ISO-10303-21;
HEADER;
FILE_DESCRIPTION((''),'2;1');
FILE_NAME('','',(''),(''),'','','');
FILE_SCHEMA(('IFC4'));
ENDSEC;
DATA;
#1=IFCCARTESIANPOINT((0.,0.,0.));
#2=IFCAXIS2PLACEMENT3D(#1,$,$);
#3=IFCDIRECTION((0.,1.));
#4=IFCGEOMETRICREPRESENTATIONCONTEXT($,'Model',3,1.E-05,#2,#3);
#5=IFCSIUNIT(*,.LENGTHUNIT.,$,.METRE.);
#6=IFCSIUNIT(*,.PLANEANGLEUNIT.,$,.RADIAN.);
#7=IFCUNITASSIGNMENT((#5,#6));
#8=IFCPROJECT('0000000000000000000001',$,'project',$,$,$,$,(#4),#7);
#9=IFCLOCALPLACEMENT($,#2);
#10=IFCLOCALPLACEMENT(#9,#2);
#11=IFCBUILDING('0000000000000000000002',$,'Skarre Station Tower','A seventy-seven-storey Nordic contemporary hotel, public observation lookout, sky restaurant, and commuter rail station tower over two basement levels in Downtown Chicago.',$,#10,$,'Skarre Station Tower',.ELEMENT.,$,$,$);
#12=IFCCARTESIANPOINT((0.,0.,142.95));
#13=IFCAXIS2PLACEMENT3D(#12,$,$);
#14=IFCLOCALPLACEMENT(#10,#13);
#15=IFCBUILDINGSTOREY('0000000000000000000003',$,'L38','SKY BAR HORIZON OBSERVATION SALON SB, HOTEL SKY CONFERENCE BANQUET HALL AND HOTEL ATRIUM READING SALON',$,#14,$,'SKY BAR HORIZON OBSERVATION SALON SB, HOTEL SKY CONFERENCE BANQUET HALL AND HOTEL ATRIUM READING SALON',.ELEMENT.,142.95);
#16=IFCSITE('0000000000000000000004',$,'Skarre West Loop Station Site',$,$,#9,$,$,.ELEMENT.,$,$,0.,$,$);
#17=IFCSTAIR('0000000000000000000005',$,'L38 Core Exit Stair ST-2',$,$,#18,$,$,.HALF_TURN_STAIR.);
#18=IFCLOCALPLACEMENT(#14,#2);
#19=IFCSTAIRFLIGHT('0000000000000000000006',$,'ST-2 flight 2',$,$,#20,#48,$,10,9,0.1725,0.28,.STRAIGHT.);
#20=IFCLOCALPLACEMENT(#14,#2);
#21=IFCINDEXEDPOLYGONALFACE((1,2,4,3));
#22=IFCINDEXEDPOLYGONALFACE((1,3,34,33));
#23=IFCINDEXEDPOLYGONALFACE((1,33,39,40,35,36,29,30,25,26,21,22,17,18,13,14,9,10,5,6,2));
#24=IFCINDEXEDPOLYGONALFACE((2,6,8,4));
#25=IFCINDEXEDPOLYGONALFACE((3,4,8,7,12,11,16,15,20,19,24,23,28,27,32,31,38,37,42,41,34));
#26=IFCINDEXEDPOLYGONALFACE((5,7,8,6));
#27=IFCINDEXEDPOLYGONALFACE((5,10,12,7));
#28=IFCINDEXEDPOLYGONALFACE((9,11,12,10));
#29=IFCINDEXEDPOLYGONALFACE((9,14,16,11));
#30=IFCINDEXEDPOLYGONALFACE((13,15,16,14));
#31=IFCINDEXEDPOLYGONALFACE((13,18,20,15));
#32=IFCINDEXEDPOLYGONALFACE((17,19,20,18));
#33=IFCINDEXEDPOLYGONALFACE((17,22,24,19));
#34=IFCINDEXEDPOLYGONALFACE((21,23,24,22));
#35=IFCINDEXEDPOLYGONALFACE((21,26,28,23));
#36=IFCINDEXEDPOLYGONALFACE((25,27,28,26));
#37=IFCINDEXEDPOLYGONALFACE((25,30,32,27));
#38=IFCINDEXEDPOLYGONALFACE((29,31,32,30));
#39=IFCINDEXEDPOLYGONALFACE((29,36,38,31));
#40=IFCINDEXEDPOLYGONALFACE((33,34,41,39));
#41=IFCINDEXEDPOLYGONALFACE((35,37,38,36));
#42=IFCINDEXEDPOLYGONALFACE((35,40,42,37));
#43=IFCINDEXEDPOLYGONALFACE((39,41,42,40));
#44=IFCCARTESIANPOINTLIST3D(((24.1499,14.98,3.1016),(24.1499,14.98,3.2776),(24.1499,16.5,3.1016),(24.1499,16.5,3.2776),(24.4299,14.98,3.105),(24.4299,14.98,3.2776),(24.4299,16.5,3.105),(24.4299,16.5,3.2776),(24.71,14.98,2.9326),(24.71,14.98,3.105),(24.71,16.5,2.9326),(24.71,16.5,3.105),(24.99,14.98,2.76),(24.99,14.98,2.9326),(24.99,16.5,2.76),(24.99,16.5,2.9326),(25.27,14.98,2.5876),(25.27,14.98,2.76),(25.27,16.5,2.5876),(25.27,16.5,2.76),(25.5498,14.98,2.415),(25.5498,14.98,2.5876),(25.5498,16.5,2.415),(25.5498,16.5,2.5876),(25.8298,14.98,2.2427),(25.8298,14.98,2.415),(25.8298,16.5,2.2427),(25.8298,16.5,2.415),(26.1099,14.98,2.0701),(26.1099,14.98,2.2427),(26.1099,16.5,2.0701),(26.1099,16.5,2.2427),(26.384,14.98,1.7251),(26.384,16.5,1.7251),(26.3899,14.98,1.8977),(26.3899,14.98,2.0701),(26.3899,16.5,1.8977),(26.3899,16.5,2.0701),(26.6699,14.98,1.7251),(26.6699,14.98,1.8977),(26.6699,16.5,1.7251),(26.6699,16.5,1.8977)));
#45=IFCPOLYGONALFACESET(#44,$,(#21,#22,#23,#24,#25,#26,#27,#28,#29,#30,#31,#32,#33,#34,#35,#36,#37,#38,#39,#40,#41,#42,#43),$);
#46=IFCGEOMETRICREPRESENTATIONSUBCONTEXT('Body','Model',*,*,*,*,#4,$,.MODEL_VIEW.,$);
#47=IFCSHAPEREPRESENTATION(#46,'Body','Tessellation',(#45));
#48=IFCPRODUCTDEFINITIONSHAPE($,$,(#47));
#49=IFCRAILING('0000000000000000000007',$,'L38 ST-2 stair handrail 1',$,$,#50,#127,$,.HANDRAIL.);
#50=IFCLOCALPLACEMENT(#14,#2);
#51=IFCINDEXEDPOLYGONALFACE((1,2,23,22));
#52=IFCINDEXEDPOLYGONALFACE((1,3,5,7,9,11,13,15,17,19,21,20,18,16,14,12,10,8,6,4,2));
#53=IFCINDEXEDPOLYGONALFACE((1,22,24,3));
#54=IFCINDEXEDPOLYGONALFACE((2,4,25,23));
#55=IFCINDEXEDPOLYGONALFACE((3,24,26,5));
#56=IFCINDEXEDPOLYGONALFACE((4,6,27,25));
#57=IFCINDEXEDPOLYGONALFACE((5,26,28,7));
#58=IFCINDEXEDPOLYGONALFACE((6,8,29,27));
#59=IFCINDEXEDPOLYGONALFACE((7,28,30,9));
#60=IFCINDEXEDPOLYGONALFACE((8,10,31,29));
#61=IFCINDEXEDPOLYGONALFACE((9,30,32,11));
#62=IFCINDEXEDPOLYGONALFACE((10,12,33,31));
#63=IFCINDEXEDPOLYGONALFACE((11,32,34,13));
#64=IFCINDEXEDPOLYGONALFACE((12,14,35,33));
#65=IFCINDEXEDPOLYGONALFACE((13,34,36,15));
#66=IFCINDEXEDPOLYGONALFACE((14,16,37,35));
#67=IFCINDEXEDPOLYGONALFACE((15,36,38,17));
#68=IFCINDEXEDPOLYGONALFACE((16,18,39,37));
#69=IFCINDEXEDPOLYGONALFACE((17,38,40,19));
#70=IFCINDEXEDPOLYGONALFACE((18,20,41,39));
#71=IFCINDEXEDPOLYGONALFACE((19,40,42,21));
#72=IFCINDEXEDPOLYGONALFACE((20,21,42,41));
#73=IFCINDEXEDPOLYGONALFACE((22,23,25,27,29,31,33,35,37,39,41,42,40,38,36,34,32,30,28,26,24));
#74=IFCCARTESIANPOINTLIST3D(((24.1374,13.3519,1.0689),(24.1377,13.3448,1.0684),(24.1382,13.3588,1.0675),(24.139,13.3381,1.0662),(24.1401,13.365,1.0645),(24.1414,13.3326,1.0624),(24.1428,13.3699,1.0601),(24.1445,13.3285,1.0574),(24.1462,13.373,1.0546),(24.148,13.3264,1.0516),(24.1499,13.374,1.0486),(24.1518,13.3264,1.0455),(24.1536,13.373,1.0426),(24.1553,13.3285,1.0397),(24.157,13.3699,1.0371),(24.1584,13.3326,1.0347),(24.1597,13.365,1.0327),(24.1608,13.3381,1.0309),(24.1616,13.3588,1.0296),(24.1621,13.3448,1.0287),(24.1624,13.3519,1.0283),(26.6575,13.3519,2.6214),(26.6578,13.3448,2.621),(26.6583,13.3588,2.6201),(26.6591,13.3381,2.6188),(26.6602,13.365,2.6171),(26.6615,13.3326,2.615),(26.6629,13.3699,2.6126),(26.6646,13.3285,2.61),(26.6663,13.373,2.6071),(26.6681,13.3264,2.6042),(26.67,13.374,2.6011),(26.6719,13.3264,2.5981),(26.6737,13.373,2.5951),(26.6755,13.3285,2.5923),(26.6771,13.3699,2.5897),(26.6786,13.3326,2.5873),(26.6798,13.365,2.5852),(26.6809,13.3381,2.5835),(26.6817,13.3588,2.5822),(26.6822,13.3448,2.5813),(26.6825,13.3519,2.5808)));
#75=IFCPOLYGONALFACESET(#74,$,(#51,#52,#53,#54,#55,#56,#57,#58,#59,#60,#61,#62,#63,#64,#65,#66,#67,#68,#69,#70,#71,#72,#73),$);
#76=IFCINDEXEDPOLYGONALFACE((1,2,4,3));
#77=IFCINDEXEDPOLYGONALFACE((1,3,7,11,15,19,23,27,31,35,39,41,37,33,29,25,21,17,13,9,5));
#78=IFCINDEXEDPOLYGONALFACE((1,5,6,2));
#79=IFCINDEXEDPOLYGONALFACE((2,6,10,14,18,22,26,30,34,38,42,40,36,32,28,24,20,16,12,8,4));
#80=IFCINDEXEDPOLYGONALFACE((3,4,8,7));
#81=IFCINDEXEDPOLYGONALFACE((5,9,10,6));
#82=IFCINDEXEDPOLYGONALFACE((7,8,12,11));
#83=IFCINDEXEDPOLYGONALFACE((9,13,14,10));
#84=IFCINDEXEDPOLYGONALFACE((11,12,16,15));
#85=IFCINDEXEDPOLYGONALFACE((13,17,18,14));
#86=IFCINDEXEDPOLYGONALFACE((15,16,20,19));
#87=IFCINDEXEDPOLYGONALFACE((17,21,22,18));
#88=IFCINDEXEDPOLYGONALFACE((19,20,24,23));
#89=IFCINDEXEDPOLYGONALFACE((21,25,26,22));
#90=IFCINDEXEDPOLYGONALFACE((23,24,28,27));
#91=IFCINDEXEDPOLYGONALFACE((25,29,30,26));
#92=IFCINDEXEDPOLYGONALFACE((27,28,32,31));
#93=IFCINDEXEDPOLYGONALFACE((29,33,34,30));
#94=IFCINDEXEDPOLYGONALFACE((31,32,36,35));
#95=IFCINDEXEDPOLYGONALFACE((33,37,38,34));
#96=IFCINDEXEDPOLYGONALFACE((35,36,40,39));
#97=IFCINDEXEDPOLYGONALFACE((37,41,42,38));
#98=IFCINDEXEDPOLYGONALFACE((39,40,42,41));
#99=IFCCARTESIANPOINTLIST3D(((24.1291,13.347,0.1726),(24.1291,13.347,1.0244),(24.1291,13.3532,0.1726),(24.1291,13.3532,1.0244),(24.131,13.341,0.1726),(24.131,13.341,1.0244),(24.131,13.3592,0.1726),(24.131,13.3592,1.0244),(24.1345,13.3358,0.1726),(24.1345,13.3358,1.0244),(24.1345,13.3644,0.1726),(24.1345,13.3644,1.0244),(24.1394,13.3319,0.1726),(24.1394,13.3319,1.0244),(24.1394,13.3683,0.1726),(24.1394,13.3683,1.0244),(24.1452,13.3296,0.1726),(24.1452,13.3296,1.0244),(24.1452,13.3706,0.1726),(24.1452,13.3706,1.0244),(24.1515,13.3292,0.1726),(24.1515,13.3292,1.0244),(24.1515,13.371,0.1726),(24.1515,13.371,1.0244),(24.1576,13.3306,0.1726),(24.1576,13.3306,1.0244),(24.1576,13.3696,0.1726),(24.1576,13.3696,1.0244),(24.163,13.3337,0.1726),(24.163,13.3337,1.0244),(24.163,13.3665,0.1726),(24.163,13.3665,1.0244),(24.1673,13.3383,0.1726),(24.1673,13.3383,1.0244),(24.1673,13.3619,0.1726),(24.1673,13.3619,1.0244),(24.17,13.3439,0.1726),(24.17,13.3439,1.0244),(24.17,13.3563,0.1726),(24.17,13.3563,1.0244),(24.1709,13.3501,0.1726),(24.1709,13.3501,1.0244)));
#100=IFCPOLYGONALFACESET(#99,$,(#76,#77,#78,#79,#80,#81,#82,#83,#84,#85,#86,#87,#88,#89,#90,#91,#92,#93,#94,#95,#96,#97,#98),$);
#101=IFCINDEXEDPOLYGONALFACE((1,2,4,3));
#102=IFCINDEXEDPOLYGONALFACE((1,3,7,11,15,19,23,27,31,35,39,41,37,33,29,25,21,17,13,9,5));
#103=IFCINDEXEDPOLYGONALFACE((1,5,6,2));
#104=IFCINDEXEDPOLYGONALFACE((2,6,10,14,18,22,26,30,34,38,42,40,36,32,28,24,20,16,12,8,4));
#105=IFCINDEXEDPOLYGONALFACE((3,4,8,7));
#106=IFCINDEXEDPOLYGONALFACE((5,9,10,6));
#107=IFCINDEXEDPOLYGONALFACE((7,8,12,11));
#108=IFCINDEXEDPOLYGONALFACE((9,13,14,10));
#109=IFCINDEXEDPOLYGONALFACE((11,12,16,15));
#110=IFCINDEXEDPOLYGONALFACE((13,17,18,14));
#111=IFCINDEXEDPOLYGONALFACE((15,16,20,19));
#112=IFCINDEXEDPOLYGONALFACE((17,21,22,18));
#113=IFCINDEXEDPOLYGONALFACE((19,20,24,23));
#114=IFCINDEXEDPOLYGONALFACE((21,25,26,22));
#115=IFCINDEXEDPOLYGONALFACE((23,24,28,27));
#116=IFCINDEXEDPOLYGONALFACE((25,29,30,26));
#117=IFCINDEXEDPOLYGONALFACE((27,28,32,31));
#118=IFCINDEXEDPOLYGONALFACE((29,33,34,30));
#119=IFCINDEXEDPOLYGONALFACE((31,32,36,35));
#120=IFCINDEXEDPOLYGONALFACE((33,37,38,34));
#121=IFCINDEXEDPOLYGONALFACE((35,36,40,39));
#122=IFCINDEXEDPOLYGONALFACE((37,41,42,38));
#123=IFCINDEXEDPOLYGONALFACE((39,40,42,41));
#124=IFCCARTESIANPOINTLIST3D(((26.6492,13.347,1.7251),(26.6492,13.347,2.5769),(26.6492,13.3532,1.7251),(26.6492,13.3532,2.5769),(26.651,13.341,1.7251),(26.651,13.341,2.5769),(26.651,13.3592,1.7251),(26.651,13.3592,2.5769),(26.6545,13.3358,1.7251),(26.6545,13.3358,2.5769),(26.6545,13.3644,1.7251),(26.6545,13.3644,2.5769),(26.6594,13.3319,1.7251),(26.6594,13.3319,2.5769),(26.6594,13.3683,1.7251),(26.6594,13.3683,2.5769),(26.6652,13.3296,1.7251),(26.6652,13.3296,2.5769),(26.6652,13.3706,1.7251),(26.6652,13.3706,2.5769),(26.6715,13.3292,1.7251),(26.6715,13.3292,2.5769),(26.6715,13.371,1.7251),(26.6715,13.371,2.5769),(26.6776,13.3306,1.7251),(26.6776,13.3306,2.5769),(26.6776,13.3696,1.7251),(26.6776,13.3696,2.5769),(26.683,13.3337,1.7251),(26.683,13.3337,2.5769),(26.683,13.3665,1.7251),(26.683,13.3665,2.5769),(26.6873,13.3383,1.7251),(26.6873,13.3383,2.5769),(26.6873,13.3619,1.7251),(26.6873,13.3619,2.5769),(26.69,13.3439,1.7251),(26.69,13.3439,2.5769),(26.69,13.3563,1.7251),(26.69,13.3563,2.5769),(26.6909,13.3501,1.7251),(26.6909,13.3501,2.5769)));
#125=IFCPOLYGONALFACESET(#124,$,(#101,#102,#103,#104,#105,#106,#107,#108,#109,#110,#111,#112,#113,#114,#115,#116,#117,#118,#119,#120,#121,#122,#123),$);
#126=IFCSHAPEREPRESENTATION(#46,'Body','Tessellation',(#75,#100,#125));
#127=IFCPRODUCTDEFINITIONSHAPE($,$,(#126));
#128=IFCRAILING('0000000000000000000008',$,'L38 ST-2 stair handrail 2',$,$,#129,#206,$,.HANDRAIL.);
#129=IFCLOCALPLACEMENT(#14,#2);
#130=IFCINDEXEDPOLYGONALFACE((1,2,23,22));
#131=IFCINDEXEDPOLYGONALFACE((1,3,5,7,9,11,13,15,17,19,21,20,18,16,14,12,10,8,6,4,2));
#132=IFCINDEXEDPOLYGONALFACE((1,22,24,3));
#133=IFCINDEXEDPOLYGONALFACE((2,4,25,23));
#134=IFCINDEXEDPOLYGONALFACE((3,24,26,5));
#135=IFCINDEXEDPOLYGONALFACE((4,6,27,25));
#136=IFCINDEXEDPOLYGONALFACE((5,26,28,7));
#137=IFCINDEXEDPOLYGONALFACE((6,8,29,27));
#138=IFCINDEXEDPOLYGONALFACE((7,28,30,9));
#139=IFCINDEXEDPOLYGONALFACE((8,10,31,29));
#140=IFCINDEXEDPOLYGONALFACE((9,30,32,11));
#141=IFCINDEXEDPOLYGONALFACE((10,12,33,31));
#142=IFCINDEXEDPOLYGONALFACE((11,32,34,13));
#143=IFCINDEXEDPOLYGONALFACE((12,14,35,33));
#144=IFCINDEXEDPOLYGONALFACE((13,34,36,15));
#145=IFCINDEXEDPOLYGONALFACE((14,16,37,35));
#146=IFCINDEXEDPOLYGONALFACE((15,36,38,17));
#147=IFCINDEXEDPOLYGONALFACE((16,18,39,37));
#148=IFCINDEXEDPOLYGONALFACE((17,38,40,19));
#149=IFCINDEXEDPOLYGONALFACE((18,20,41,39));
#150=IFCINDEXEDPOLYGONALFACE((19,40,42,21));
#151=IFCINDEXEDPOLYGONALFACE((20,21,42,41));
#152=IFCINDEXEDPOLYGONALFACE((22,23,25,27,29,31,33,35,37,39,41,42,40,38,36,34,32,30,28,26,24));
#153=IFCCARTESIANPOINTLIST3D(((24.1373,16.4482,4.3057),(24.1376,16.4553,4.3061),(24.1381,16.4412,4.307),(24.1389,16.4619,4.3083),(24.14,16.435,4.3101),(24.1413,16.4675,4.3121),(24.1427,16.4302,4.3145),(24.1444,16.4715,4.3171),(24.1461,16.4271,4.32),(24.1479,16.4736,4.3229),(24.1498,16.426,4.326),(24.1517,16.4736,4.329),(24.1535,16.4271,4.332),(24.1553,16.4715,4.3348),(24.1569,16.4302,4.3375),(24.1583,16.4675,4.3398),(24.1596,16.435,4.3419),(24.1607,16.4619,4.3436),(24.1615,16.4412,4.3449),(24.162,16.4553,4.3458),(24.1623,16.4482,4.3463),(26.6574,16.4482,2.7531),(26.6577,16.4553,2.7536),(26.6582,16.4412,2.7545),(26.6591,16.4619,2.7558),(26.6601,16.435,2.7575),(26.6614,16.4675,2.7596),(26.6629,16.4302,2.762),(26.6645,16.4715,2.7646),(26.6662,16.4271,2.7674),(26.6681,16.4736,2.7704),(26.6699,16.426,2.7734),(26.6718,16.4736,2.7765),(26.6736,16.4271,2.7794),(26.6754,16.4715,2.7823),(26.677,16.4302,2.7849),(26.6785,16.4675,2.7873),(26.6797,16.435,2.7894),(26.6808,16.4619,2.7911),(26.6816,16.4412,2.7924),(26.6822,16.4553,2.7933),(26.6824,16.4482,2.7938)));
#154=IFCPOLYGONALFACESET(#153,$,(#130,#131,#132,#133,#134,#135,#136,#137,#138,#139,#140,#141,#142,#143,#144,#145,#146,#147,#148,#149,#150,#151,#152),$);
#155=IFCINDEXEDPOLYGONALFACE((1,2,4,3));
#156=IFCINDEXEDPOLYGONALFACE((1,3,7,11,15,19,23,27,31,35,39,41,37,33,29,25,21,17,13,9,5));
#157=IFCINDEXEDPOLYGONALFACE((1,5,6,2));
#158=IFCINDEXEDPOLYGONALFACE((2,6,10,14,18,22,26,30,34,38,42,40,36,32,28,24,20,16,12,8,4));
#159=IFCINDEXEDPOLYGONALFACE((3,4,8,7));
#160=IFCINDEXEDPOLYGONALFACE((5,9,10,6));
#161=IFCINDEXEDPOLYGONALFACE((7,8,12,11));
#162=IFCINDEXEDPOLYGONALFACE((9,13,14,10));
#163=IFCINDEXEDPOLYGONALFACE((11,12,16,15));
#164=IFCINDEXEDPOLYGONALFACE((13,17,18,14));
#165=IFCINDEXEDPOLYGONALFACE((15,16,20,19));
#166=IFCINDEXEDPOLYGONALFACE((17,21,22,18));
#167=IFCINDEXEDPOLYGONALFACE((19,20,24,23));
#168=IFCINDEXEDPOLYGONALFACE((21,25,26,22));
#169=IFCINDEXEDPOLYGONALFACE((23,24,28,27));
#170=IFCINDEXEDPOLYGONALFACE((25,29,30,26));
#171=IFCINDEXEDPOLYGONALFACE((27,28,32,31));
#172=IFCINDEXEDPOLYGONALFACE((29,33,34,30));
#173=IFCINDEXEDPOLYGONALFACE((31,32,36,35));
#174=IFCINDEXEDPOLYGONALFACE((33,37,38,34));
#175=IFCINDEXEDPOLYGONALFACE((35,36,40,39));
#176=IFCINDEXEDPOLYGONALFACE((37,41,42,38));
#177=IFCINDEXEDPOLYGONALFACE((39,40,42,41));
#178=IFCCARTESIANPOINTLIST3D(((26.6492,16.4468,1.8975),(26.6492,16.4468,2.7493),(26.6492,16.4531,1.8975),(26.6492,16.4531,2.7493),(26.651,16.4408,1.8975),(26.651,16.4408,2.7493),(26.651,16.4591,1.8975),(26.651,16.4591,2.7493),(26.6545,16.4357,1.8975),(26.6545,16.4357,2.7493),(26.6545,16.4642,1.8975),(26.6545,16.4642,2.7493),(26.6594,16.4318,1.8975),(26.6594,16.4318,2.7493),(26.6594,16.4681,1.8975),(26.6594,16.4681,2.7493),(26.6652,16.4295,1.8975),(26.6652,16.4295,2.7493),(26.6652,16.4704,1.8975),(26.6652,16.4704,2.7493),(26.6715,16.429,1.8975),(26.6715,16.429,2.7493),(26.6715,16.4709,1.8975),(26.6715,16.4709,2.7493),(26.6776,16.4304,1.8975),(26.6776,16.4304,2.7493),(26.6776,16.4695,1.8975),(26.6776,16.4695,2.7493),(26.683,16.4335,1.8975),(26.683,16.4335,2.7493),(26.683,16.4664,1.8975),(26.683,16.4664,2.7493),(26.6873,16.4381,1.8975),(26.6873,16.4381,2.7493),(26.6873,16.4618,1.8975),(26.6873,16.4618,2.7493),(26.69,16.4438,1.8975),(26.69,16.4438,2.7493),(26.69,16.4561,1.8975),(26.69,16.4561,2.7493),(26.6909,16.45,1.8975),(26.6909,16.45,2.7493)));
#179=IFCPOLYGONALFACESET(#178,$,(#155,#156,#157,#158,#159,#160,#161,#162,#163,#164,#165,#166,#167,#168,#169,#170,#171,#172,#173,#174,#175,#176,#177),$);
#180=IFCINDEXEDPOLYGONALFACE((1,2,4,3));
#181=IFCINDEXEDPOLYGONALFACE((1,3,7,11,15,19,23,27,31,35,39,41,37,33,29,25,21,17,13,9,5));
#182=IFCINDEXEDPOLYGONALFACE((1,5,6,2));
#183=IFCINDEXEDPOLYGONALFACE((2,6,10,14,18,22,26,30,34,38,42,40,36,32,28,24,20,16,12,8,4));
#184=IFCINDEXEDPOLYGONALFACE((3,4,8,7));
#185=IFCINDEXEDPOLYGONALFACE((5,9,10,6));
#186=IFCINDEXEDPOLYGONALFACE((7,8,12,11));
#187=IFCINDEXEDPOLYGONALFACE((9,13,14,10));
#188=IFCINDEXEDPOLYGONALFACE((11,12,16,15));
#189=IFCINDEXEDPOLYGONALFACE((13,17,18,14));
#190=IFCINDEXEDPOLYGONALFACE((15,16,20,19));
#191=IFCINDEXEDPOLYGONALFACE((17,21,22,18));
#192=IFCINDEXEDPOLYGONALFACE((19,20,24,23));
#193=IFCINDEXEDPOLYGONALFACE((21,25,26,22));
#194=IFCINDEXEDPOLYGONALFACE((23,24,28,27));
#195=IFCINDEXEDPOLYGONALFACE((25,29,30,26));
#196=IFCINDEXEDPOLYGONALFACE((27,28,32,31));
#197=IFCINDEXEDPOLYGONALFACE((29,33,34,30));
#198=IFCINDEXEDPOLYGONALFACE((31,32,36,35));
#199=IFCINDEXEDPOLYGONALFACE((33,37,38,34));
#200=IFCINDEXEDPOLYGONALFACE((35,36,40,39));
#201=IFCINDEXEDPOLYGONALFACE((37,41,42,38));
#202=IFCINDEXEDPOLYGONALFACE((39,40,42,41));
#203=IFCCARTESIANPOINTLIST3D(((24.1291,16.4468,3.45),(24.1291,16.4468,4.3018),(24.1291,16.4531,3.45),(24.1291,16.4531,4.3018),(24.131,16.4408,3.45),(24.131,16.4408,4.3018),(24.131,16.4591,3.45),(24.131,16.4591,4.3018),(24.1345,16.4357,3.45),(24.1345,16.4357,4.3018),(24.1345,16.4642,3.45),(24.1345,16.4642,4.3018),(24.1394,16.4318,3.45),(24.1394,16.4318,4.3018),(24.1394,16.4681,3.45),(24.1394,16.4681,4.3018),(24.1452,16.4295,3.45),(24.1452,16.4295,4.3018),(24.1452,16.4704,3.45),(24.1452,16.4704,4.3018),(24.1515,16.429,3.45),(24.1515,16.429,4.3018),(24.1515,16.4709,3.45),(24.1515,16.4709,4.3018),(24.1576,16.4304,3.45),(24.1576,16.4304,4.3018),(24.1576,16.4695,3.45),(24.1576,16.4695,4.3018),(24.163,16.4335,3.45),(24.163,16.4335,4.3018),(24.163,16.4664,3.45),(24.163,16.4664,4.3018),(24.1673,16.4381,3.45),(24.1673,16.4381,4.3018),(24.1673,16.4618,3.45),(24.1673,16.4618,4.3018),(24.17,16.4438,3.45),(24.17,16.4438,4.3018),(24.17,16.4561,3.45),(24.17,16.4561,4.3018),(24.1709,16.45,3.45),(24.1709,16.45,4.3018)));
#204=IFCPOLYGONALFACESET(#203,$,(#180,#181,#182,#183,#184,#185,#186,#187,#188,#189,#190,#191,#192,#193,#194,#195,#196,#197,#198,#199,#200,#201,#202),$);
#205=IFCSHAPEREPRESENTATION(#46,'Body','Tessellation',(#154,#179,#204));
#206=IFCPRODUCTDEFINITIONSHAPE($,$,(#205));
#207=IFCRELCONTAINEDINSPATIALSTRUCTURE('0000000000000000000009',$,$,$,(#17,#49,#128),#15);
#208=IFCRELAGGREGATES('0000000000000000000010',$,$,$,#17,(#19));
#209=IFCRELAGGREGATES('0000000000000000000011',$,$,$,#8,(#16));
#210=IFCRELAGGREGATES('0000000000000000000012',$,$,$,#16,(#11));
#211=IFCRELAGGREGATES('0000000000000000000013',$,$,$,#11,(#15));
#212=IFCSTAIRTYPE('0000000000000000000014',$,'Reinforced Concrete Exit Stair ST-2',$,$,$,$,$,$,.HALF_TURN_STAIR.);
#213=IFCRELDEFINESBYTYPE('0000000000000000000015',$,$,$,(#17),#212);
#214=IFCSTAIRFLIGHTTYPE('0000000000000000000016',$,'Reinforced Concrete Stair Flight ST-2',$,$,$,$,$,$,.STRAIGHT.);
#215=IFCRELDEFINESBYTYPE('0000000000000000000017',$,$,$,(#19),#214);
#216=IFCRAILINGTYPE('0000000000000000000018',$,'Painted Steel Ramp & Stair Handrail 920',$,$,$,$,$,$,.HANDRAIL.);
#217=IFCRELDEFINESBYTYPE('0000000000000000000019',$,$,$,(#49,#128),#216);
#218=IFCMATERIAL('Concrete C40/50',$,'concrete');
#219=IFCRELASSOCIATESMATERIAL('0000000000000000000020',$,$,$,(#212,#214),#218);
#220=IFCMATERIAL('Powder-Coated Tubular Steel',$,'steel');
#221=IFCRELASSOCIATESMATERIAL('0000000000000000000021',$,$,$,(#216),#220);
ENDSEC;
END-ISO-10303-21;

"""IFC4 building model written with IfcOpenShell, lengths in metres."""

from ifc_helpers import new_model, si_unit, direction, frame, origin, origin_2d, place, context, subcontext, project, spatial, polyline, circle, outline, extrude, material, type_object, element, aggregate, save


model = new_model("IFC4")

# Units and contexts
model_context = context("Model", 3, precision=1e-05, world=origin(), true_north=direction((0.0, 1.0)))
body_context = subcontext(model_context, "Body", "Model", "MODEL_VIEW")
ifc_project = project(units=[si_unit("LENGTHUNIT", "METRE"), si_unit("PLANEANGLEUNIT", "RADIAN")], contexts=[model_context])

# Site, building, storey
site_placement = place(None, origin())
site = spatial("IfcSite", under=ifc_project, at=site_placement, Name="Skarre West Loop Station Site", CompositionType="ELEMENT", RefElevation=0.0)
building_placement = place(site_placement, origin())
building = spatial("IfcBuilding", under=site, at=building_placement, Name="Skarre Station Tower", Description="A seventy-seven-storey Nordic contemporary hotel, public observation lookout, sky restaurant, and commuter rail station tower over two basement levels in Downtown Chicago.", LongName="Skarre Station Tower", CompositionType="ELEMENT")
storey_placement = place(building_placement, frame((0.0, 0.0, 142.95)))
storey = spatial("IfcBuildingStorey", under=building, at=storey_placement, Name="L38", Description="SKY BAR HORIZON OBSERVATION SALON SB, HOTEL SKY CONFERENCE BANQUET HALL AND HOTEL ATRIUM READING SALON", LongName="SKY BAR HORIZON OBSERVATION SALON SB, HOTEL SKY CONFERENCE BANQUET HALL AND HOTEL ATRIUM READING SALON", CompositionType="ELEMENT", Elevation=142.95)

# Stair, stair flight
ifc_material_1 = material(Name="Concrete C40/50", Category="concrete")
stair_type = type_object("IfcStairType", Name="Reinforced Concrete Exit Stair ST-2", PredefinedType="HALF_TURN_STAIR", material=ifc_material_1)
stair_placement = place(storey_placement, origin())
stair = element("IfcStair", 1, at=stair_placement, inside=storey, type_object=stair_type, Name="L38 Core Exit Stair ST-2", PredefinedType="HALF_TURN_STAIR")
stair_flight_type = type_object("IfcStairFlightType", Name="Reinforced Concrete Stair Flight ST-2", PredefinedType="STRAIGHT", material=ifc_material_1)
stair_flight_1_placement = place(storey_placement, frame((26.6699, 15.74, 1.7251), z_axis=(0.0, 0.0, 1.0), x_axis=(-1.0, 0.0, 0.0)))
stair_flight_1 = element("IfcStairFlight", 2, at=stair_flight_1_placement, type_object=stair_flight_type, Name="ST-2 flight 2", NumberOfRisers=10, NumberOfTreads=9, PredefinedType="STRAIGHT", RiserHeight=0.1725, TreadLength=0.28, context=body_context, shape_type="SweptSolid", body=[
    extrude(outline(polyline([(0.0, 0.0), (0.0, 0.1726), (0.28, 0.1726), (0.28, 0.345), (0.5601, 0.345), (0.5601, 0.5176), (0.8401, 0.5176), (0.8401, 0.6899), (1.1201, 0.6899), (1.1201, 0.8625), (1.3999, 0.8625), (1.3999, 1.0349), (1.6799, 1.0349), (1.6799, 1.2075), (1.96, 1.2075), (1.96, 1.3799), (2.24, 1.3799), (2.24, 1.5525), (2.52, 1.5525), (2.52, 1.7251), (2.52, 1.3765), (0.2859, 0.0), (0.0, 0.0)])), frame((0.0, 0.76, 0.0), z_axis=(0.0, -1.0, 0.0), x_axis=(1.0, 0.0, 0.0)), (0.0, 0.0, 1.0), 1.52),
])
aggregate(stair, [stair_flight_1])

# Railings
ifc_material_2 = material(Name="Powder-Coated Tubular Steel", Category="steel")
railing_type_1 = type_object("IfcRailingType", Name="Painted Steel Ramp & Stair Handrail 920", PredefinedType="HANDRAIL", material=ifc_material_2)
railing_1_placement = place(storey_placement, frame((24.1499, 13.3501, 0.1726)))
element("IfcRailing", 3, at=railing_1_placement, inside=storey, type_object=railing_type_1, Name="L38 ST-2 stair handrail 1", PredefinedType="HANDRAIL", context=body_context, shape_type="SweptSolid", body=[
    extrude(circle(Radius=0.0239, at=origin_2d()), frame((0.0, 0.0, 0.876), z_axis=(0.8514, 0.0, 0.524516), x_axis=(0.0, 1.0, 0.0)), (0.0, 0.0, 1.0), 2.96),
    extrude(circle(Radius=0.021, at=origin_2d()), origin(), (0.0, 0.0, 1.0), 0.8518),
    extrude(circle(Radius=0.021, at=origin_2d()), frame((2.52, 0.0, 1.5525)), (0.0, 0.0, 1.0), 0.8518),
])
railing_2_placement = place(storey_placement, frame((26.6699, 16.45, 1.8975)))
element("IfcRailing", 4, at=railing_2_placement, inside=storey, type_object=railing_type_1, Name="L38 ST-2 stair handrail 2", PredefinedType="HANDRAIL", context=body_context, shape_type="SweptSolid", body=[
    extrude(circle(Radius=0.0239, at=origin_2d()), frame((0.0, 0.0, 0.876), z_axis=(-0.8514, 0.0, 0.524516), x_axis=(0.0, -1.0, 0.0)), (0.0, 0.0, 1.0), 2.96),
    extrude(circle(Radius=0.021, at=origin_2d()), origin(), (0.0, 0.0, 1.0), 0.8518),
    extrude(circle(Radius=0.021, at=origin_2d()), frame((-2.52, 0.0, 1.5525)), (0.0, 0.0, 1.0), 0.8518),
])

save(model, "model.ifc")
